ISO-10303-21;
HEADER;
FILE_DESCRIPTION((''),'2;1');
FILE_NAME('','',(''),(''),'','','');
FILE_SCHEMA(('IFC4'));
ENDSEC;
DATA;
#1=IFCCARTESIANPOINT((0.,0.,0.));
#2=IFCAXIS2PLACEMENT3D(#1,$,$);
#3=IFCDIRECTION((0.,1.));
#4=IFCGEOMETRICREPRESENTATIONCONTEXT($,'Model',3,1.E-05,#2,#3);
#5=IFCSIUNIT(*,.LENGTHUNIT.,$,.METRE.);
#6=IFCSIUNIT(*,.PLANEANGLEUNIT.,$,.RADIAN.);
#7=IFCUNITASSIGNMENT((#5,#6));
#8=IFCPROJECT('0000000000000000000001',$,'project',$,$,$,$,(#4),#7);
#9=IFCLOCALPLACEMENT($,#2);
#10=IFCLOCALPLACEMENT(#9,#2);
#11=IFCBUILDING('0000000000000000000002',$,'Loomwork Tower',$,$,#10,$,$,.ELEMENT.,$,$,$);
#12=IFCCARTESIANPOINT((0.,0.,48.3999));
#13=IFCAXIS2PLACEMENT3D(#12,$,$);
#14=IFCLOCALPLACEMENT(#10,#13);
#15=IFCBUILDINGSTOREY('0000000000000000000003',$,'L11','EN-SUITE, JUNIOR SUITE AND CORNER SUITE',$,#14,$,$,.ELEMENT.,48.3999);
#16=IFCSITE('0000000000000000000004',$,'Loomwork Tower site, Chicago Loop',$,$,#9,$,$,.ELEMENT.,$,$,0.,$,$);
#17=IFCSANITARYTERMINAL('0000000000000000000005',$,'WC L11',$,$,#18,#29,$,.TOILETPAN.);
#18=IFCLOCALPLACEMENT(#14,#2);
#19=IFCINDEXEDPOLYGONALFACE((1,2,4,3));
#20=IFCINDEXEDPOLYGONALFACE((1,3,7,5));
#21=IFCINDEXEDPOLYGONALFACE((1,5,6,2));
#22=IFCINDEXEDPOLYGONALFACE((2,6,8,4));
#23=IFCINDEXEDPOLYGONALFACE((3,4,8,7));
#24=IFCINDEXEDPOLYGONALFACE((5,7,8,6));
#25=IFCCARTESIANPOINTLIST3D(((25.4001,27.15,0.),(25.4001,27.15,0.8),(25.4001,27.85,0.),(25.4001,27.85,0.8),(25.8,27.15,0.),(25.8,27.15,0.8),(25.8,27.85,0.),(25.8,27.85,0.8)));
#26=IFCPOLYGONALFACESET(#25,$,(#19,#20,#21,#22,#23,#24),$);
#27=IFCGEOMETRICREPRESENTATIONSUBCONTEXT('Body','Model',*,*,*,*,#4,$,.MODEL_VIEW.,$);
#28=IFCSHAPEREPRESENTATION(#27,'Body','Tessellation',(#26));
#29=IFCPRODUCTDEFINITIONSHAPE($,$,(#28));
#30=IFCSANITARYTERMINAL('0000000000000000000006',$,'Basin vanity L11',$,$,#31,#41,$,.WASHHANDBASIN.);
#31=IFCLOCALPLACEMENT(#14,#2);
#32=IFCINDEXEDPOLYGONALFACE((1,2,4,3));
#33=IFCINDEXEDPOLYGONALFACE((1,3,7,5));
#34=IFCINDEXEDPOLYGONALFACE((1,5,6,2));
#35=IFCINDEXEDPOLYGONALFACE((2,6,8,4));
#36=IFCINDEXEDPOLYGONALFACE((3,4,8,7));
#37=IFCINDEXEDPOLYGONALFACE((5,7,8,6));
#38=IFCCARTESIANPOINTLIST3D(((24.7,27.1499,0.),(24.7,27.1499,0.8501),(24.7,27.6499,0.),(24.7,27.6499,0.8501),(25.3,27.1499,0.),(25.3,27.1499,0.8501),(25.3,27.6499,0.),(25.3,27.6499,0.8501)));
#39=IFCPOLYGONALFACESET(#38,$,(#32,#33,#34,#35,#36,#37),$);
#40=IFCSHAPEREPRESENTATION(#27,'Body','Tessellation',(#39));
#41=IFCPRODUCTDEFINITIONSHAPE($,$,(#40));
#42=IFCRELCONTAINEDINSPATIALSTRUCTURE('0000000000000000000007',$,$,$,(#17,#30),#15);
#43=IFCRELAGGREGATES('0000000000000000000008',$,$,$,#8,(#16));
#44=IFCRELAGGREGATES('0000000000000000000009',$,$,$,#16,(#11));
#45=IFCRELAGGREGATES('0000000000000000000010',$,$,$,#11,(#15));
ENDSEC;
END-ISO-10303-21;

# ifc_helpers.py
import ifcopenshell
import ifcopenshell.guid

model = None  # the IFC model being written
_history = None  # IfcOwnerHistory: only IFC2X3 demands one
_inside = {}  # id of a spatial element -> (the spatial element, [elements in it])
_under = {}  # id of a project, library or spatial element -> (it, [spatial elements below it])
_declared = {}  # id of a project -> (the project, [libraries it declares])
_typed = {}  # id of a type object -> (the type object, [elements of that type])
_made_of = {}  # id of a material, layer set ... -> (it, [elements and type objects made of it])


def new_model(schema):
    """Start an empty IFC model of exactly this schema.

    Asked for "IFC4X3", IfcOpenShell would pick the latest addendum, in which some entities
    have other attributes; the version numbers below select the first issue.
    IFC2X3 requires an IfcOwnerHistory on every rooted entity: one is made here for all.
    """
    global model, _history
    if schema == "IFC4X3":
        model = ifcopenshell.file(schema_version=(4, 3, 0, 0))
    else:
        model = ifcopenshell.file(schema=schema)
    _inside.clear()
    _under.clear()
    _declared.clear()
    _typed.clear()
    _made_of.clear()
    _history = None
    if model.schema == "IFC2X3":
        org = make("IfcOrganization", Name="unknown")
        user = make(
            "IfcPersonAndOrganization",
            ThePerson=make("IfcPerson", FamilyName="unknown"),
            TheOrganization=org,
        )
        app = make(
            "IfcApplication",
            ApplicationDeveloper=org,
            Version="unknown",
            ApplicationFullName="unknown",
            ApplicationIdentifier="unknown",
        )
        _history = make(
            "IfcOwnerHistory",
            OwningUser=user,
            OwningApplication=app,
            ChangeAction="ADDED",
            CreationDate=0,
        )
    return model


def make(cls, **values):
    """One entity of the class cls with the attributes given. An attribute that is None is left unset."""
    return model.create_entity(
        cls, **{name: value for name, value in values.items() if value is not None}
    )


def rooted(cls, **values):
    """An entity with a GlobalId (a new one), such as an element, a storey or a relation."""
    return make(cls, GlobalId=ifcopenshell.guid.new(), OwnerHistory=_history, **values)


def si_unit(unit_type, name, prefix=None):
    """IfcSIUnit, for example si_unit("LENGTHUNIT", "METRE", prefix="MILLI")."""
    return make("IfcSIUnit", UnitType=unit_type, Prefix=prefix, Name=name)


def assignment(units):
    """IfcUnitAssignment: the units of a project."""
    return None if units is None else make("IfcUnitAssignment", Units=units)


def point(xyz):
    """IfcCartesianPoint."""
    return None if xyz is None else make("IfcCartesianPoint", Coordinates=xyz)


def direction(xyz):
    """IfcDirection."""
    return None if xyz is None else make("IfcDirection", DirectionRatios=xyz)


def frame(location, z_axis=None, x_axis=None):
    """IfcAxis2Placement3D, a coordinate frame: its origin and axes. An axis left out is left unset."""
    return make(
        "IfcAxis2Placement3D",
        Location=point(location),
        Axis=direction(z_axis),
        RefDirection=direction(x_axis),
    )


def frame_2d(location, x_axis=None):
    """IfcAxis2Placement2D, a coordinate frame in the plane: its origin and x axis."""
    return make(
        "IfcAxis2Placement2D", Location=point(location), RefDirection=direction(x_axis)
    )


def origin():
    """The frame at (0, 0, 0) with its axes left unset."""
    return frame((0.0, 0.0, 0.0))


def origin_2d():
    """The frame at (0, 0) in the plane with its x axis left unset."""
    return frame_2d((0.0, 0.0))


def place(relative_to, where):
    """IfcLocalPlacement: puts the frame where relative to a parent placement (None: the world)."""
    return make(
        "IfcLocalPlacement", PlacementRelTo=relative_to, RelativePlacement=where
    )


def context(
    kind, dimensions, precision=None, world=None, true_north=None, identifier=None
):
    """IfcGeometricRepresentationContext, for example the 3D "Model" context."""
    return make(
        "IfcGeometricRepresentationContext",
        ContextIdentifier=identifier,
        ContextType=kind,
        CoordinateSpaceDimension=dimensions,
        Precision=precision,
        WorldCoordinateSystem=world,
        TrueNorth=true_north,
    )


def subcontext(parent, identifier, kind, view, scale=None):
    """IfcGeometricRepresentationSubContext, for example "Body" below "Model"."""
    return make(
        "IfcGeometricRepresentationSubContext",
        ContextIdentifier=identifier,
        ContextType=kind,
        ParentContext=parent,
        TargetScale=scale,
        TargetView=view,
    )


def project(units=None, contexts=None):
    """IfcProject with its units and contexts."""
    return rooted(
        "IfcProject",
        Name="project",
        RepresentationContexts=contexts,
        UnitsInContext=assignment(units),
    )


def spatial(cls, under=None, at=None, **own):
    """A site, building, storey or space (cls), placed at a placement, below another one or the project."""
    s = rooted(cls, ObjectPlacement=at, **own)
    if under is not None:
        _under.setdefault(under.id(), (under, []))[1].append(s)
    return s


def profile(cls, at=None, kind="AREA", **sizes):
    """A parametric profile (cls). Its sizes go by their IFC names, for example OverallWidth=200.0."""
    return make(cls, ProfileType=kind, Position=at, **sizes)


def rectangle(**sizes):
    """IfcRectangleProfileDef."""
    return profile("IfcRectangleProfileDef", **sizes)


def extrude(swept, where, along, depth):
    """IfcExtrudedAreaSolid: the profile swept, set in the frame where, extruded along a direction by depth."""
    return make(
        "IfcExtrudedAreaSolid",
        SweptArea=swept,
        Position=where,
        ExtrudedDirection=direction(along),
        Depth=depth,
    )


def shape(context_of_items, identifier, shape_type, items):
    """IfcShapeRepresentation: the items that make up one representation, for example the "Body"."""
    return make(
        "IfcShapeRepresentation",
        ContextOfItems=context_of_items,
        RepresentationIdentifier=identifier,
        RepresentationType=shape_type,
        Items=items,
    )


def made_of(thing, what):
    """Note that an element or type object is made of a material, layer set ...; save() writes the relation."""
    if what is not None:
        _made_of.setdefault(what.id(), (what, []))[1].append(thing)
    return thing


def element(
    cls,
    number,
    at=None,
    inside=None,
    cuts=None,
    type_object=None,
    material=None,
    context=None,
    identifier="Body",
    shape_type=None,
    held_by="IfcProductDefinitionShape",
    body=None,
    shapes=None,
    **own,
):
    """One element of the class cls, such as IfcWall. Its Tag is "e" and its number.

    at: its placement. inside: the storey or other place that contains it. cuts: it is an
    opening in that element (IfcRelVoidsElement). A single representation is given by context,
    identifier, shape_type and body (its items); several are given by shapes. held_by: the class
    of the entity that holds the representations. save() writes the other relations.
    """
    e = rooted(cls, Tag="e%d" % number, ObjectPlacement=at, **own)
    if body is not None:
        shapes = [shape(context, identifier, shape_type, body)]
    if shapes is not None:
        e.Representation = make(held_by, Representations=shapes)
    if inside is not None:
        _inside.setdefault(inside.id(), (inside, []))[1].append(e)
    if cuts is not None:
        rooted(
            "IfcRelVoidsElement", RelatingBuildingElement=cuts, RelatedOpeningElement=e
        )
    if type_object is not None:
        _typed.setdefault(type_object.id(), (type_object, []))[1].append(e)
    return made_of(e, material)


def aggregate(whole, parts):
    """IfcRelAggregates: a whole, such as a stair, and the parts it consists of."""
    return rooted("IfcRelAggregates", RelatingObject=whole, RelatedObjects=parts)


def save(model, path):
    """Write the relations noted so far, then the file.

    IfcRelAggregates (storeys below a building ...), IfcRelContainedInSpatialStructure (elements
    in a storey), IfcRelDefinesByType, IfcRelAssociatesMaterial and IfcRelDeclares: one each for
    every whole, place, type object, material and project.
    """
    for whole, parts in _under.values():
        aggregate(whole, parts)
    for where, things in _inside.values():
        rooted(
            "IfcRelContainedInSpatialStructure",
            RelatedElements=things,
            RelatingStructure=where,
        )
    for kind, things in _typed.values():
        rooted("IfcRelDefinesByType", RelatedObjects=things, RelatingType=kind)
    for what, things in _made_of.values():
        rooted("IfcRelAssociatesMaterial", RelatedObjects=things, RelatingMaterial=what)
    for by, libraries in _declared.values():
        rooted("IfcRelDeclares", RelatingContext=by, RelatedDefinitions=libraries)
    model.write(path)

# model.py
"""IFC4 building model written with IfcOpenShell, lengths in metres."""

from ifc_helpers import new_model, si_unit, direction, frame, origin, origin_2d, place, context, subcontext, project, spatial, rectangle, extrude, element, save


model = new_model("IFC4")

# Units and contexts
model_context = context("Model", 3, precision=1e-05, world=origin(), true_north=direction((0.0, 1.0)))
body_context = subcontext(model_context, "Body", "Model", "MODEL_VIEW")
ifc_project = project(units=[si_unit("LENGTHUNIT", "METRE"), si_unit("PLANEANGLEUNIT", "RADIAN")], contexts=[model_context])

# Site, building, storey
site_placement = place(None, origin())
site = spatial("IfcSite", under=ifc_project, at=site_placement, Name="Loomwork Tower site, Chicago Loop", CompositionType="ELEMENT", RefElevation=0.0)
building_placement = place(site_placement, origin())
building = spatial("IfcBuilding", under=site, at=building_placement, Name="Loomwork Tower", CompositionType="ELEMENT")
storey_placement = place(building_placement, frame((0.0, 0.0, 48.3999)))
storey = spatial("IfcBuildingStorey", under=building, at=storey_placement, Name="L11", Description="EN-SUITE, JUNIOR SUITE AND CORNER SUITE", CompositionType="ELEMENT", Elevation=48.3999)

# Sanitary terminals
sanitary_terminal_1_placement = place(storey_placement, frame((25.6001, 27.5, 0.0), z_axis=(0.0, 0.0, 1.0), x_axis=(1.0, 0.0, 0.0)))
element("IfcSanitaryTerminal", 1, at=sanitary_terminal_1_placement, inside=storey, Name="WC L11", PredefinedType="TOILETPAN", context=body_context, shape_type="SweptSolid", body=[
    extrude(rectangle(XDim=0.3999, YDim=0.7, at=origin_2d()), origin(), (0.0, 0.0, 1.0), 0.8),
])
sanitary_terminal_2_placement = place(storey_placement, frame((25.0, 27.3999, 0.0), z_axis=(0.0, 0.0, 1.0), x_axis=(1.0, 0.0, 0.0)))
element("IfcSanitaryTerminal", 2, at=sanitary_terminal_2_placement, inside=storey, Name="Basin vanity L11", PredefinedType="WASHHANDBASIN", context=body_context, shape_type="SweptSolid", body=[
    extrude(rectangle(XDim=0.6001, YDim=0.5, at=origin_2d()), origin(), (0.0, 0.0, 1.0), 0.8501),
])

save(model, "model.ifc")
